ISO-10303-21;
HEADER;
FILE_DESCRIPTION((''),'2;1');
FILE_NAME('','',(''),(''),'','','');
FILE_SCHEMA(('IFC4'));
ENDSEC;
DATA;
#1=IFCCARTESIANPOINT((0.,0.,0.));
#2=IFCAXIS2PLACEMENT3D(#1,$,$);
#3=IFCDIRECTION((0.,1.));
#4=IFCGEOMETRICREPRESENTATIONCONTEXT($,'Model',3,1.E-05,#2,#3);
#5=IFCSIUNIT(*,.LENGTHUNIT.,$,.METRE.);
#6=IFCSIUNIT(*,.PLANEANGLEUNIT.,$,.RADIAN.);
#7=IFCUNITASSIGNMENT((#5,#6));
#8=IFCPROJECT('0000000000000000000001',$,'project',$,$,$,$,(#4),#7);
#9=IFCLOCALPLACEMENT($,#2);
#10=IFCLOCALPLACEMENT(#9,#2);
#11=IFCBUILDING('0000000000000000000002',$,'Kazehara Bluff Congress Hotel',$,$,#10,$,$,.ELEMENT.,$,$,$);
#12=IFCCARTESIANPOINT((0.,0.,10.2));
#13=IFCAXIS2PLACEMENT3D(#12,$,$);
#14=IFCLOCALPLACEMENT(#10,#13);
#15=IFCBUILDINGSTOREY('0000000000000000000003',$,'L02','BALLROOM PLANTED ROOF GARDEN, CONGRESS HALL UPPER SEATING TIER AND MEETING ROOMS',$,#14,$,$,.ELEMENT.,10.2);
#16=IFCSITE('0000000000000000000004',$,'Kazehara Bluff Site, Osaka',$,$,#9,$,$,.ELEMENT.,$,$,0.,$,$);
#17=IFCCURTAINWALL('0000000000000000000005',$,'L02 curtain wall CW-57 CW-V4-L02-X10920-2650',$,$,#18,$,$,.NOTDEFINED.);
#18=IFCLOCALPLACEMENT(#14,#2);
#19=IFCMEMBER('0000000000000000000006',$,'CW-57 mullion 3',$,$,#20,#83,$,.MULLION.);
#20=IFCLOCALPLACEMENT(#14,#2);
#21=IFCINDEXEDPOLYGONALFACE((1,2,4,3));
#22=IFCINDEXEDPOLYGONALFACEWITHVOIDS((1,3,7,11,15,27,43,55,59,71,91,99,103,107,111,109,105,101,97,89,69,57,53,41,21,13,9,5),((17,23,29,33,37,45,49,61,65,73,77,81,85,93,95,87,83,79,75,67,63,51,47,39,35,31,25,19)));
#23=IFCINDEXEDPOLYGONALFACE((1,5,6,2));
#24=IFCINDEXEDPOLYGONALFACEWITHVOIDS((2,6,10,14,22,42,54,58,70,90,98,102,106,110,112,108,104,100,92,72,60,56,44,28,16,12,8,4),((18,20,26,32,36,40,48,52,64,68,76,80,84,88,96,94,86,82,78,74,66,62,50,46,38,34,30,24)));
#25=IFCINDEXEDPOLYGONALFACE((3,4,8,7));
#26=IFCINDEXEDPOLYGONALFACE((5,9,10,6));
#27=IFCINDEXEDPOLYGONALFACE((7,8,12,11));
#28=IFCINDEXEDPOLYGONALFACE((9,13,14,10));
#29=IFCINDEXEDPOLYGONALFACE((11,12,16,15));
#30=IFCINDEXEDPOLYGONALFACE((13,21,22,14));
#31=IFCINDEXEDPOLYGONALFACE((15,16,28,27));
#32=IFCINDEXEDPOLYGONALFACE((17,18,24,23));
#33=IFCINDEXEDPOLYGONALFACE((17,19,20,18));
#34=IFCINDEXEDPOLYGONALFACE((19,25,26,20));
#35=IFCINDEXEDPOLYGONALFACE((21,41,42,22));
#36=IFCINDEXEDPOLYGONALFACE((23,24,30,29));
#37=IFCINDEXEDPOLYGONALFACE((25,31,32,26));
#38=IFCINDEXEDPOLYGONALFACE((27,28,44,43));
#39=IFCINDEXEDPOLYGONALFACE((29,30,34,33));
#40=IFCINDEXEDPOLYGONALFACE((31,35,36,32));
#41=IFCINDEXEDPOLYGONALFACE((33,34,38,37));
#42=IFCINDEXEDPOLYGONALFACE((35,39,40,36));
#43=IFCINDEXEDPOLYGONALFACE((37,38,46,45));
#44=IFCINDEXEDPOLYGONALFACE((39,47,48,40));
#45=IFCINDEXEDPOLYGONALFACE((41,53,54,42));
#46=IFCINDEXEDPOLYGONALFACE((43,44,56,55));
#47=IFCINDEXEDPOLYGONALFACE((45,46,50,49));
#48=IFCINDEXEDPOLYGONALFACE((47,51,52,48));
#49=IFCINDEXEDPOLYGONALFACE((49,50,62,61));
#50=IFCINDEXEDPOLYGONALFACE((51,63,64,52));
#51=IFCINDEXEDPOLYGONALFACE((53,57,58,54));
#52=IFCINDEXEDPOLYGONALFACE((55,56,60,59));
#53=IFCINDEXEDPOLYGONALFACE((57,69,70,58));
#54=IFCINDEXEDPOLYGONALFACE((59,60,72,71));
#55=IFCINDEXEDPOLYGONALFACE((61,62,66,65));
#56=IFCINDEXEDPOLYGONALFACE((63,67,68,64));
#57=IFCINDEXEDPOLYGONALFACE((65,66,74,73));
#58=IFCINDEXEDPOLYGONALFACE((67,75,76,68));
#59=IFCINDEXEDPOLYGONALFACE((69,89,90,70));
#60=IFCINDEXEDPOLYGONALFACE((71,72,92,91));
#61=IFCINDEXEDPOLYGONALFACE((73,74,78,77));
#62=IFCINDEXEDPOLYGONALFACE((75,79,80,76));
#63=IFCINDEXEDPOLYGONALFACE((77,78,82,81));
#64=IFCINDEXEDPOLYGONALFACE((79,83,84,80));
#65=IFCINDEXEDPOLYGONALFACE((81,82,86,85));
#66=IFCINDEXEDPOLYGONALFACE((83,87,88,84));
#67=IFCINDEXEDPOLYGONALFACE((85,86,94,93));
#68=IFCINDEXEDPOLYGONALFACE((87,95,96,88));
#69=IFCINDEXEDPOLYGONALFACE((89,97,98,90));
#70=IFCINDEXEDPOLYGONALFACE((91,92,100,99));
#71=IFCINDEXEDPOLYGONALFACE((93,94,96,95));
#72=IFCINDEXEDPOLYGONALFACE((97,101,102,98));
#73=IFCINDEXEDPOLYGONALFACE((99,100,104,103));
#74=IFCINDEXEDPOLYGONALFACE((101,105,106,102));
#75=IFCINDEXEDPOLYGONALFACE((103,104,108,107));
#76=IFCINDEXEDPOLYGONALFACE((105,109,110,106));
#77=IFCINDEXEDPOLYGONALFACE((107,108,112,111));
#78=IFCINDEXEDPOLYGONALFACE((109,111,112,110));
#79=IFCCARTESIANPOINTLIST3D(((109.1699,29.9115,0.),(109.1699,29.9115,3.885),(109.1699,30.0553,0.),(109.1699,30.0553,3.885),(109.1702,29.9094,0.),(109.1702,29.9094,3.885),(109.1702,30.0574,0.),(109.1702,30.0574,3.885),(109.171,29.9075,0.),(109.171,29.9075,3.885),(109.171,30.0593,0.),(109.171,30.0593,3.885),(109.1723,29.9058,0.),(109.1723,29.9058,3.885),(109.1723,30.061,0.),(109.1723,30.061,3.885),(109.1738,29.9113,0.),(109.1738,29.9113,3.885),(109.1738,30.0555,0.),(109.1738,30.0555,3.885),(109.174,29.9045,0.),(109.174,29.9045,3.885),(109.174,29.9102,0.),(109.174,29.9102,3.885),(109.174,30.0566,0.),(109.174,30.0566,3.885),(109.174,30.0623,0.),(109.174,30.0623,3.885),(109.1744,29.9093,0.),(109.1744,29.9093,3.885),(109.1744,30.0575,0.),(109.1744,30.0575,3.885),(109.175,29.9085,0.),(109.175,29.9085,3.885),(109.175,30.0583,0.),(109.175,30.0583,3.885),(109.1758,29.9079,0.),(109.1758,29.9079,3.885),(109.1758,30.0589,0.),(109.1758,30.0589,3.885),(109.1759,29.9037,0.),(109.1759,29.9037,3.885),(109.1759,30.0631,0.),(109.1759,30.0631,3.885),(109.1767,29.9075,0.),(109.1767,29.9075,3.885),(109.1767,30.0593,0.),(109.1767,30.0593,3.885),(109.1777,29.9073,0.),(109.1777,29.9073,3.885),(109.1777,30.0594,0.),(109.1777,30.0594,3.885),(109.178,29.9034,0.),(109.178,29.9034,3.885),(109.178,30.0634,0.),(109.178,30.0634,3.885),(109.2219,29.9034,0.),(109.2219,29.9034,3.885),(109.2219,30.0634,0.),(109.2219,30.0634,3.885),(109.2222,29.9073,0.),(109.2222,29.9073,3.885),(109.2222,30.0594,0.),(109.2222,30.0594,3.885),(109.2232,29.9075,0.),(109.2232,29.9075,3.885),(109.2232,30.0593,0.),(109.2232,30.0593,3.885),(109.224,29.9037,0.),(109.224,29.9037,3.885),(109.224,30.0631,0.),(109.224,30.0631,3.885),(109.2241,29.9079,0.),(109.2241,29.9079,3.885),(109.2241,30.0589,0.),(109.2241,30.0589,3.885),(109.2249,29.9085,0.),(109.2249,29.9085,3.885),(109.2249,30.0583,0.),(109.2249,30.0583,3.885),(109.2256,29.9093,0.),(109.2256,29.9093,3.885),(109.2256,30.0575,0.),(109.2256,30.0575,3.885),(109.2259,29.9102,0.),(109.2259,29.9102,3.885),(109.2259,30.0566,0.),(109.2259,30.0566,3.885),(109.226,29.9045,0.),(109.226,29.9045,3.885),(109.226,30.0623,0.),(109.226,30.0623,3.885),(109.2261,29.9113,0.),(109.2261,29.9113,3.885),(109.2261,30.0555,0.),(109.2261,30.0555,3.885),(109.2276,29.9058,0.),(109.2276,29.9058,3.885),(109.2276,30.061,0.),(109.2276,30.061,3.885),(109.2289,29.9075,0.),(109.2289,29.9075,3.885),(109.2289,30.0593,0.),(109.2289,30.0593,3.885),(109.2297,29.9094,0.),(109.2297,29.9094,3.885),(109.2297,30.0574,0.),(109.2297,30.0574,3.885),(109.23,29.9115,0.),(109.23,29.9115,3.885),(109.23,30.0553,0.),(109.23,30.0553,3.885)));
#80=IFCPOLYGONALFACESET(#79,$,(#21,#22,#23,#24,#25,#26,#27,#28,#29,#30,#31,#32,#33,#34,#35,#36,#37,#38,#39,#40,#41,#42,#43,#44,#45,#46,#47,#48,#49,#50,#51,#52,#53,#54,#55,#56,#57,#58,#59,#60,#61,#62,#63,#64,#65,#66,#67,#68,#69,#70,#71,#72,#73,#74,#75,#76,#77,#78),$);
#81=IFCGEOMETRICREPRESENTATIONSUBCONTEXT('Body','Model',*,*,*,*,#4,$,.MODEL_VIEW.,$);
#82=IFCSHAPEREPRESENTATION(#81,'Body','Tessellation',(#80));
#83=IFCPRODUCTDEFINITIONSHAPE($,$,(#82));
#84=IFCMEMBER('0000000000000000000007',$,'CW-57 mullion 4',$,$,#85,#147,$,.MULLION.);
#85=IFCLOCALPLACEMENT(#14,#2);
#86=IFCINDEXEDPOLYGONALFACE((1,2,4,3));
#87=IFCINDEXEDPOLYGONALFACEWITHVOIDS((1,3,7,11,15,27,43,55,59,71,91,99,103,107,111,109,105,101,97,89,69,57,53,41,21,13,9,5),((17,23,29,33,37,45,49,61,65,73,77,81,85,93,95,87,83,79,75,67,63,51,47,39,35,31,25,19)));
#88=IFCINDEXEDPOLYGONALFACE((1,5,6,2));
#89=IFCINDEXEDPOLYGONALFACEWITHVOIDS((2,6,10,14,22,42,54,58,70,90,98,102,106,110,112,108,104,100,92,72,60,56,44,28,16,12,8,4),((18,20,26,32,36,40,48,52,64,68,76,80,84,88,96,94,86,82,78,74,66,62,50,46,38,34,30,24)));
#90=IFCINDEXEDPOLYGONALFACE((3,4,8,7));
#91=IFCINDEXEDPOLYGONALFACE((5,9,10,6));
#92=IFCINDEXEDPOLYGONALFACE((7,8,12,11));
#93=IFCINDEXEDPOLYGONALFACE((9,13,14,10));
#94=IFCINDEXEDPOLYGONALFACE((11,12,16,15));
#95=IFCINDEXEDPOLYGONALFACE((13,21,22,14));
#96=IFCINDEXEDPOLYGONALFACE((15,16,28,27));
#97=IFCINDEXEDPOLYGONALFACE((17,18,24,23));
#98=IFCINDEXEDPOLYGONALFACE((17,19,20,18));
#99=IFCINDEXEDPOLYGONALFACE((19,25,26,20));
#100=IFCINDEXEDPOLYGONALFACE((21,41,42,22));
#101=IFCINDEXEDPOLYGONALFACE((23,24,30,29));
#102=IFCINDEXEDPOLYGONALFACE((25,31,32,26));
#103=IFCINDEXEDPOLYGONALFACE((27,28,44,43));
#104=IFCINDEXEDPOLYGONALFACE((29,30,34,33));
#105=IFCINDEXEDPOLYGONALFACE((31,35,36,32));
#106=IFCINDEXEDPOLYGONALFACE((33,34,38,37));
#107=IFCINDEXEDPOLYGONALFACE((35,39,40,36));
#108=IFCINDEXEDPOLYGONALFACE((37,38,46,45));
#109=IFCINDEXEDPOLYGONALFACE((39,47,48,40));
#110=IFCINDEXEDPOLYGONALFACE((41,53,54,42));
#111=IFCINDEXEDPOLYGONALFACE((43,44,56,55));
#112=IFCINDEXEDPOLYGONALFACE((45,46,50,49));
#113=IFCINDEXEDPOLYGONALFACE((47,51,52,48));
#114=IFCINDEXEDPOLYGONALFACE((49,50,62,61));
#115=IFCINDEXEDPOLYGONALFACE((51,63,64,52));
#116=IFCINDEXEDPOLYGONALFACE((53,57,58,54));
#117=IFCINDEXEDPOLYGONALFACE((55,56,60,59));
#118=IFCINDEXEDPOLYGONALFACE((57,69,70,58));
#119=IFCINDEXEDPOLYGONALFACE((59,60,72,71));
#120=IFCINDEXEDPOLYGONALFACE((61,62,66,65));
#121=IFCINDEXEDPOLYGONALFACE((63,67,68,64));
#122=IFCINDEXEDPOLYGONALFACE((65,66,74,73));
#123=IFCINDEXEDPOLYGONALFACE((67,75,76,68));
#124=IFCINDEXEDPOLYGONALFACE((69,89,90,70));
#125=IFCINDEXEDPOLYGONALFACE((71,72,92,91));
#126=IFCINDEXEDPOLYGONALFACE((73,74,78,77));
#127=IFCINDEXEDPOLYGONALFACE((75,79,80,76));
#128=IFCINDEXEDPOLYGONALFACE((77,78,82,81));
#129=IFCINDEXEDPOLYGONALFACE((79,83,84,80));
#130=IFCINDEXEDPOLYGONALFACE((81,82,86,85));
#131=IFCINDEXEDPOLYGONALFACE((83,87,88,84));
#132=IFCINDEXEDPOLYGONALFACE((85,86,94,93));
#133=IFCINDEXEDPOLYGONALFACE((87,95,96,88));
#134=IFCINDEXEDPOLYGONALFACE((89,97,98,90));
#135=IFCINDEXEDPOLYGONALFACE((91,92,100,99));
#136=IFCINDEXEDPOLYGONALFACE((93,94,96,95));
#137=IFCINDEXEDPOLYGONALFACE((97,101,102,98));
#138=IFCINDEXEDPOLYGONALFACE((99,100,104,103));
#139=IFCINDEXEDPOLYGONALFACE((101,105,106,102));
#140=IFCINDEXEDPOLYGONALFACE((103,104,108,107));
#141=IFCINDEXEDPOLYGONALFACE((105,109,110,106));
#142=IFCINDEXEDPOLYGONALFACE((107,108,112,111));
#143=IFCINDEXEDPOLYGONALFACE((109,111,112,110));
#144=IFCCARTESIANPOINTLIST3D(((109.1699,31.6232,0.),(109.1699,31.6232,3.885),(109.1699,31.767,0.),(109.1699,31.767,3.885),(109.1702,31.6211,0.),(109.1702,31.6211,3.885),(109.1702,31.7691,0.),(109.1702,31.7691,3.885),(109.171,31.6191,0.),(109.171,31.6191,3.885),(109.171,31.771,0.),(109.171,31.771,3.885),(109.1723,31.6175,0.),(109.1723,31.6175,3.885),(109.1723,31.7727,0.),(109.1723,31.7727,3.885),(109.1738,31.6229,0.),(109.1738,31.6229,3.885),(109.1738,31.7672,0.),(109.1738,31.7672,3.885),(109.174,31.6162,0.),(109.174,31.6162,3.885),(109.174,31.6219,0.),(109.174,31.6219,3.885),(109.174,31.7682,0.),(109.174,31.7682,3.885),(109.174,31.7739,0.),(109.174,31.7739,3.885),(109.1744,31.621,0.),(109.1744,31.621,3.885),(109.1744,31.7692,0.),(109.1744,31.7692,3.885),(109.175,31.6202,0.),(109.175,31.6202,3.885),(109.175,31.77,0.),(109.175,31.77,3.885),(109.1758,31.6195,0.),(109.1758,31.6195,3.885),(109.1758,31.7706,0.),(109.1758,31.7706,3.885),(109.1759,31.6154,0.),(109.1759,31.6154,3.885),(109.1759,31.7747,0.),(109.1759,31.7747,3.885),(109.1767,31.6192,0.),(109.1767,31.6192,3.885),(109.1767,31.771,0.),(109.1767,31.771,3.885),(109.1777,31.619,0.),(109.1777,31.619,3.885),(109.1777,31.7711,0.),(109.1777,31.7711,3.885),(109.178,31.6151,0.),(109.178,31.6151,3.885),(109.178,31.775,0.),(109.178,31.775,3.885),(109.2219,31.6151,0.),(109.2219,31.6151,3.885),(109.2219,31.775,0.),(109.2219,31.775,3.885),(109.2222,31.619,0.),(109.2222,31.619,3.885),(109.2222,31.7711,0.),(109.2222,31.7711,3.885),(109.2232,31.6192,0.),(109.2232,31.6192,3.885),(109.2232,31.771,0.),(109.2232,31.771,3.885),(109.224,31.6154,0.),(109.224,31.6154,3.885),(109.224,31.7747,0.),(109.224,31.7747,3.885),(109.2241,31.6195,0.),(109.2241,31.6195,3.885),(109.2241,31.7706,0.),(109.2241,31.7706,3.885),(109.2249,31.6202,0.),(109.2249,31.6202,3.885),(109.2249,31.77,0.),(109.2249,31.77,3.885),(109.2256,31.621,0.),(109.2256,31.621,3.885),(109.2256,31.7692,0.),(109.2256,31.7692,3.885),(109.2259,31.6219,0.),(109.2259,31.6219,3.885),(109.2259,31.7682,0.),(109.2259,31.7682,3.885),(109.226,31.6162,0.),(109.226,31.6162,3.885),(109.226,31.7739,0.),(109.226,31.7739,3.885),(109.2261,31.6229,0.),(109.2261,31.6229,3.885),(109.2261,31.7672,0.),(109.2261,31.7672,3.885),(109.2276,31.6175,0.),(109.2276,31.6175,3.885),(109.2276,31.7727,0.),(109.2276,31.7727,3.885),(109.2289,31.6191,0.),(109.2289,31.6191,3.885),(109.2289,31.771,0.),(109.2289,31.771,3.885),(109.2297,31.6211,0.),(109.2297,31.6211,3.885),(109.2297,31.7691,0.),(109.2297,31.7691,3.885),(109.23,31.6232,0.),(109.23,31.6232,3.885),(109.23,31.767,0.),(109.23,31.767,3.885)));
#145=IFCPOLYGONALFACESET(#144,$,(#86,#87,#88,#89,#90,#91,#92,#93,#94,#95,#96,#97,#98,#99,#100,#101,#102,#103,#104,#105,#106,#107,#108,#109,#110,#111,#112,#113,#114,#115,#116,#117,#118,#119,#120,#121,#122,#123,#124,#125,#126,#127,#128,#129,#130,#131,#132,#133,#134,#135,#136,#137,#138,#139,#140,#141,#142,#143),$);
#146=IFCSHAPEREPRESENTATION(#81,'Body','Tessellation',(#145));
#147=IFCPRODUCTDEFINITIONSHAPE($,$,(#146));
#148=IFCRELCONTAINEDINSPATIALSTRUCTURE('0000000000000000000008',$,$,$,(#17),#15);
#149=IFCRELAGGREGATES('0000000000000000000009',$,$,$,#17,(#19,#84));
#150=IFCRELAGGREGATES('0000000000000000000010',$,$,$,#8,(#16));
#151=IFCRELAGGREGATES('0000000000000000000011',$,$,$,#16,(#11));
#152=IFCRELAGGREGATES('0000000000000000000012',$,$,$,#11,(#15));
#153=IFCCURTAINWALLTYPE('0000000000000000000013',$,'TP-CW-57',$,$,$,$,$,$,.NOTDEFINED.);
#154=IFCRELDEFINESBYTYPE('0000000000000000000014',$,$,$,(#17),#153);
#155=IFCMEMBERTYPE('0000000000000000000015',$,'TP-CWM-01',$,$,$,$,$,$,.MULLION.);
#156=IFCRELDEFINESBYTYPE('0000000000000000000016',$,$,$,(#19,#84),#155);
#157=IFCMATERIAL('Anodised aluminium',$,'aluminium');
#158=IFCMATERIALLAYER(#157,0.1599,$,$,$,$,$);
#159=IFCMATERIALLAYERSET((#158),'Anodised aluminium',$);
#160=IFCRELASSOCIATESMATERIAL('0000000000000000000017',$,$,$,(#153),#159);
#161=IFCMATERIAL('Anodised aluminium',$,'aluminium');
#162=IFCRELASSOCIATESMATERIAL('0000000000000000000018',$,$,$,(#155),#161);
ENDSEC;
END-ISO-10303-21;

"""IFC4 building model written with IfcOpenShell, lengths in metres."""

from ifc_helpers import new_model, si_unit, direction, frame, origin, origin_2d, place, context, subcontext, project, spatial, hollow_rectangle, extrude, material, layer, layer_set, material_profile, profile_set, type_object, element, aggregate, save


model = new_model("IFC4")

# Units and contexts
model_context = context("Model", 3, precision=1e-05, world=origin(), true_north=direction((0.0, 1.0)))
body_context = subcontext(model_context, "Body", "Model", "MODEL_VIEW")
ifc_project = project(units=[si_unit("LENGTHUNIT", "METRE"), si_unit("PLANEANGLEUNIT", "RADIAN")], contexts=[model_context])

# Site, building, storey
site_placement = place(None, origin())
site = spatial("IfcSite", under=ifc_project, at=site_placement, Name="Kazehara Bluff Site, Osaka", CompositionType="ELEMENT", RefElevation=0.0)
building_placement = place(site_placement, origin())
building = spatial("IfcBuilding", under=site, at=building_placement, Name="Kazehara Bluff Congress Hotel", CompositionType="ELEMENT")
storey_placement = place(building_placement, frame((0.0, 0.0, 10.2)))
storey = spatial("IfcBuildingStorey", under=building, at=storey_placement, Name="L02", Description="BALLROOM PLANTED ROOF GARDEN, CONGRESS HALL UPPER SEATING TIER AND MEETING ROOMS", CompositionType="ELEMENT", Elevation=10.2)

# Curtain wall, members
ifc_material_1 = material(Name="Anodised aluminium", Category="aluminium")
ifc_layer_1 = layer(ifc_material_1, 0.1599)
ifc_layer_set_1 = layer_set([ifc_layer_1], Name="Anodised aluminium")
curtain_wall_type = type_object("IfcCurtainWallType", Name="TP-CW-57", PredefinedType="NOTDEFINED", material=ifc_layer_set_1)
curtain_wall_placement = place(storey_placement, origin())
curtain_wall = element("IfcCurtainWall", 1, at=curtain_wall_placement, inside=storey, type_object=curtain_wall_type, Name="L02 curtain wall CW-57 CW-V4-L02-X10920-2650", PredefinedType="NOTDEFINED")
ifc_material_2 = material(Name="Anodised aluminium", Category="aluminium")
ifc_material_profile_1 = material_profile(ifc_material_2, hollow_rectangle(XDim=0.0601, YDim=0.1599, WallThickness=0.0039, InnerFilletRadius=0.0039, OuterFilletRadius=0.0081, at=origin_2d()))
ifc_profile_set_1 = profile_set([ifc_material_profile_1], Name="Anodised aluminium")
member_type_1 = type_object("IfcMemberType", Name="TP-CWM-01", PredefinedType="MULLION", material=ifc_profile_set_1)
member_1_placement = place(storey_placement, frame((109.2, 29.9834, 0.0), z_axis=(0.0, 0.0, 1.0), x_axis=(-1.0, 0.0, 0.0)))
member_1 = element("IfcMember", 2, at=member_1_placement, type_object=member_type_1, Name="CW-57 mullion 3", PredefinedType="MULLION", context=body_context, shape_type="SweptSolid", body=[
    extrude(hollow_rectangle(XDim=0.0601, YDim=0.1599, WallThickness=0.0039, InnerFilletRadius=0.0039, OuterFilletRadius=0.0081, at=origin_2d()), origin(), (0.0, 0.0, 1.0), 3.885),
])
member_2_placement = place(storey_placement, frame((109.2, 31.6951, 0.0), z_axis=(0.0, 0.0, 1.0), x_axis=(-1.0, 0.0, 0.0)))
member_2 = element("IfcMember", 3, at=member_2_placement, type_object=member_type_1, Name="CW-57 mullion 4", PredefinedType="MULLION", context=body_context, shape_type="SweptSolid", body=[
    extrude(hollow_rectangle(XDim=0.0601, YDim=0.1599, WallThickness=0.0039, InnerFilletRadius=0.0039, OuterFilletRadius=0.0081, at=origin_2d()), origin(), (0.0, 0.0, 1.0), 3.885),
])

aggregate(curtain_wall, [member_1, member_2])

save(model, "model.ifc")
